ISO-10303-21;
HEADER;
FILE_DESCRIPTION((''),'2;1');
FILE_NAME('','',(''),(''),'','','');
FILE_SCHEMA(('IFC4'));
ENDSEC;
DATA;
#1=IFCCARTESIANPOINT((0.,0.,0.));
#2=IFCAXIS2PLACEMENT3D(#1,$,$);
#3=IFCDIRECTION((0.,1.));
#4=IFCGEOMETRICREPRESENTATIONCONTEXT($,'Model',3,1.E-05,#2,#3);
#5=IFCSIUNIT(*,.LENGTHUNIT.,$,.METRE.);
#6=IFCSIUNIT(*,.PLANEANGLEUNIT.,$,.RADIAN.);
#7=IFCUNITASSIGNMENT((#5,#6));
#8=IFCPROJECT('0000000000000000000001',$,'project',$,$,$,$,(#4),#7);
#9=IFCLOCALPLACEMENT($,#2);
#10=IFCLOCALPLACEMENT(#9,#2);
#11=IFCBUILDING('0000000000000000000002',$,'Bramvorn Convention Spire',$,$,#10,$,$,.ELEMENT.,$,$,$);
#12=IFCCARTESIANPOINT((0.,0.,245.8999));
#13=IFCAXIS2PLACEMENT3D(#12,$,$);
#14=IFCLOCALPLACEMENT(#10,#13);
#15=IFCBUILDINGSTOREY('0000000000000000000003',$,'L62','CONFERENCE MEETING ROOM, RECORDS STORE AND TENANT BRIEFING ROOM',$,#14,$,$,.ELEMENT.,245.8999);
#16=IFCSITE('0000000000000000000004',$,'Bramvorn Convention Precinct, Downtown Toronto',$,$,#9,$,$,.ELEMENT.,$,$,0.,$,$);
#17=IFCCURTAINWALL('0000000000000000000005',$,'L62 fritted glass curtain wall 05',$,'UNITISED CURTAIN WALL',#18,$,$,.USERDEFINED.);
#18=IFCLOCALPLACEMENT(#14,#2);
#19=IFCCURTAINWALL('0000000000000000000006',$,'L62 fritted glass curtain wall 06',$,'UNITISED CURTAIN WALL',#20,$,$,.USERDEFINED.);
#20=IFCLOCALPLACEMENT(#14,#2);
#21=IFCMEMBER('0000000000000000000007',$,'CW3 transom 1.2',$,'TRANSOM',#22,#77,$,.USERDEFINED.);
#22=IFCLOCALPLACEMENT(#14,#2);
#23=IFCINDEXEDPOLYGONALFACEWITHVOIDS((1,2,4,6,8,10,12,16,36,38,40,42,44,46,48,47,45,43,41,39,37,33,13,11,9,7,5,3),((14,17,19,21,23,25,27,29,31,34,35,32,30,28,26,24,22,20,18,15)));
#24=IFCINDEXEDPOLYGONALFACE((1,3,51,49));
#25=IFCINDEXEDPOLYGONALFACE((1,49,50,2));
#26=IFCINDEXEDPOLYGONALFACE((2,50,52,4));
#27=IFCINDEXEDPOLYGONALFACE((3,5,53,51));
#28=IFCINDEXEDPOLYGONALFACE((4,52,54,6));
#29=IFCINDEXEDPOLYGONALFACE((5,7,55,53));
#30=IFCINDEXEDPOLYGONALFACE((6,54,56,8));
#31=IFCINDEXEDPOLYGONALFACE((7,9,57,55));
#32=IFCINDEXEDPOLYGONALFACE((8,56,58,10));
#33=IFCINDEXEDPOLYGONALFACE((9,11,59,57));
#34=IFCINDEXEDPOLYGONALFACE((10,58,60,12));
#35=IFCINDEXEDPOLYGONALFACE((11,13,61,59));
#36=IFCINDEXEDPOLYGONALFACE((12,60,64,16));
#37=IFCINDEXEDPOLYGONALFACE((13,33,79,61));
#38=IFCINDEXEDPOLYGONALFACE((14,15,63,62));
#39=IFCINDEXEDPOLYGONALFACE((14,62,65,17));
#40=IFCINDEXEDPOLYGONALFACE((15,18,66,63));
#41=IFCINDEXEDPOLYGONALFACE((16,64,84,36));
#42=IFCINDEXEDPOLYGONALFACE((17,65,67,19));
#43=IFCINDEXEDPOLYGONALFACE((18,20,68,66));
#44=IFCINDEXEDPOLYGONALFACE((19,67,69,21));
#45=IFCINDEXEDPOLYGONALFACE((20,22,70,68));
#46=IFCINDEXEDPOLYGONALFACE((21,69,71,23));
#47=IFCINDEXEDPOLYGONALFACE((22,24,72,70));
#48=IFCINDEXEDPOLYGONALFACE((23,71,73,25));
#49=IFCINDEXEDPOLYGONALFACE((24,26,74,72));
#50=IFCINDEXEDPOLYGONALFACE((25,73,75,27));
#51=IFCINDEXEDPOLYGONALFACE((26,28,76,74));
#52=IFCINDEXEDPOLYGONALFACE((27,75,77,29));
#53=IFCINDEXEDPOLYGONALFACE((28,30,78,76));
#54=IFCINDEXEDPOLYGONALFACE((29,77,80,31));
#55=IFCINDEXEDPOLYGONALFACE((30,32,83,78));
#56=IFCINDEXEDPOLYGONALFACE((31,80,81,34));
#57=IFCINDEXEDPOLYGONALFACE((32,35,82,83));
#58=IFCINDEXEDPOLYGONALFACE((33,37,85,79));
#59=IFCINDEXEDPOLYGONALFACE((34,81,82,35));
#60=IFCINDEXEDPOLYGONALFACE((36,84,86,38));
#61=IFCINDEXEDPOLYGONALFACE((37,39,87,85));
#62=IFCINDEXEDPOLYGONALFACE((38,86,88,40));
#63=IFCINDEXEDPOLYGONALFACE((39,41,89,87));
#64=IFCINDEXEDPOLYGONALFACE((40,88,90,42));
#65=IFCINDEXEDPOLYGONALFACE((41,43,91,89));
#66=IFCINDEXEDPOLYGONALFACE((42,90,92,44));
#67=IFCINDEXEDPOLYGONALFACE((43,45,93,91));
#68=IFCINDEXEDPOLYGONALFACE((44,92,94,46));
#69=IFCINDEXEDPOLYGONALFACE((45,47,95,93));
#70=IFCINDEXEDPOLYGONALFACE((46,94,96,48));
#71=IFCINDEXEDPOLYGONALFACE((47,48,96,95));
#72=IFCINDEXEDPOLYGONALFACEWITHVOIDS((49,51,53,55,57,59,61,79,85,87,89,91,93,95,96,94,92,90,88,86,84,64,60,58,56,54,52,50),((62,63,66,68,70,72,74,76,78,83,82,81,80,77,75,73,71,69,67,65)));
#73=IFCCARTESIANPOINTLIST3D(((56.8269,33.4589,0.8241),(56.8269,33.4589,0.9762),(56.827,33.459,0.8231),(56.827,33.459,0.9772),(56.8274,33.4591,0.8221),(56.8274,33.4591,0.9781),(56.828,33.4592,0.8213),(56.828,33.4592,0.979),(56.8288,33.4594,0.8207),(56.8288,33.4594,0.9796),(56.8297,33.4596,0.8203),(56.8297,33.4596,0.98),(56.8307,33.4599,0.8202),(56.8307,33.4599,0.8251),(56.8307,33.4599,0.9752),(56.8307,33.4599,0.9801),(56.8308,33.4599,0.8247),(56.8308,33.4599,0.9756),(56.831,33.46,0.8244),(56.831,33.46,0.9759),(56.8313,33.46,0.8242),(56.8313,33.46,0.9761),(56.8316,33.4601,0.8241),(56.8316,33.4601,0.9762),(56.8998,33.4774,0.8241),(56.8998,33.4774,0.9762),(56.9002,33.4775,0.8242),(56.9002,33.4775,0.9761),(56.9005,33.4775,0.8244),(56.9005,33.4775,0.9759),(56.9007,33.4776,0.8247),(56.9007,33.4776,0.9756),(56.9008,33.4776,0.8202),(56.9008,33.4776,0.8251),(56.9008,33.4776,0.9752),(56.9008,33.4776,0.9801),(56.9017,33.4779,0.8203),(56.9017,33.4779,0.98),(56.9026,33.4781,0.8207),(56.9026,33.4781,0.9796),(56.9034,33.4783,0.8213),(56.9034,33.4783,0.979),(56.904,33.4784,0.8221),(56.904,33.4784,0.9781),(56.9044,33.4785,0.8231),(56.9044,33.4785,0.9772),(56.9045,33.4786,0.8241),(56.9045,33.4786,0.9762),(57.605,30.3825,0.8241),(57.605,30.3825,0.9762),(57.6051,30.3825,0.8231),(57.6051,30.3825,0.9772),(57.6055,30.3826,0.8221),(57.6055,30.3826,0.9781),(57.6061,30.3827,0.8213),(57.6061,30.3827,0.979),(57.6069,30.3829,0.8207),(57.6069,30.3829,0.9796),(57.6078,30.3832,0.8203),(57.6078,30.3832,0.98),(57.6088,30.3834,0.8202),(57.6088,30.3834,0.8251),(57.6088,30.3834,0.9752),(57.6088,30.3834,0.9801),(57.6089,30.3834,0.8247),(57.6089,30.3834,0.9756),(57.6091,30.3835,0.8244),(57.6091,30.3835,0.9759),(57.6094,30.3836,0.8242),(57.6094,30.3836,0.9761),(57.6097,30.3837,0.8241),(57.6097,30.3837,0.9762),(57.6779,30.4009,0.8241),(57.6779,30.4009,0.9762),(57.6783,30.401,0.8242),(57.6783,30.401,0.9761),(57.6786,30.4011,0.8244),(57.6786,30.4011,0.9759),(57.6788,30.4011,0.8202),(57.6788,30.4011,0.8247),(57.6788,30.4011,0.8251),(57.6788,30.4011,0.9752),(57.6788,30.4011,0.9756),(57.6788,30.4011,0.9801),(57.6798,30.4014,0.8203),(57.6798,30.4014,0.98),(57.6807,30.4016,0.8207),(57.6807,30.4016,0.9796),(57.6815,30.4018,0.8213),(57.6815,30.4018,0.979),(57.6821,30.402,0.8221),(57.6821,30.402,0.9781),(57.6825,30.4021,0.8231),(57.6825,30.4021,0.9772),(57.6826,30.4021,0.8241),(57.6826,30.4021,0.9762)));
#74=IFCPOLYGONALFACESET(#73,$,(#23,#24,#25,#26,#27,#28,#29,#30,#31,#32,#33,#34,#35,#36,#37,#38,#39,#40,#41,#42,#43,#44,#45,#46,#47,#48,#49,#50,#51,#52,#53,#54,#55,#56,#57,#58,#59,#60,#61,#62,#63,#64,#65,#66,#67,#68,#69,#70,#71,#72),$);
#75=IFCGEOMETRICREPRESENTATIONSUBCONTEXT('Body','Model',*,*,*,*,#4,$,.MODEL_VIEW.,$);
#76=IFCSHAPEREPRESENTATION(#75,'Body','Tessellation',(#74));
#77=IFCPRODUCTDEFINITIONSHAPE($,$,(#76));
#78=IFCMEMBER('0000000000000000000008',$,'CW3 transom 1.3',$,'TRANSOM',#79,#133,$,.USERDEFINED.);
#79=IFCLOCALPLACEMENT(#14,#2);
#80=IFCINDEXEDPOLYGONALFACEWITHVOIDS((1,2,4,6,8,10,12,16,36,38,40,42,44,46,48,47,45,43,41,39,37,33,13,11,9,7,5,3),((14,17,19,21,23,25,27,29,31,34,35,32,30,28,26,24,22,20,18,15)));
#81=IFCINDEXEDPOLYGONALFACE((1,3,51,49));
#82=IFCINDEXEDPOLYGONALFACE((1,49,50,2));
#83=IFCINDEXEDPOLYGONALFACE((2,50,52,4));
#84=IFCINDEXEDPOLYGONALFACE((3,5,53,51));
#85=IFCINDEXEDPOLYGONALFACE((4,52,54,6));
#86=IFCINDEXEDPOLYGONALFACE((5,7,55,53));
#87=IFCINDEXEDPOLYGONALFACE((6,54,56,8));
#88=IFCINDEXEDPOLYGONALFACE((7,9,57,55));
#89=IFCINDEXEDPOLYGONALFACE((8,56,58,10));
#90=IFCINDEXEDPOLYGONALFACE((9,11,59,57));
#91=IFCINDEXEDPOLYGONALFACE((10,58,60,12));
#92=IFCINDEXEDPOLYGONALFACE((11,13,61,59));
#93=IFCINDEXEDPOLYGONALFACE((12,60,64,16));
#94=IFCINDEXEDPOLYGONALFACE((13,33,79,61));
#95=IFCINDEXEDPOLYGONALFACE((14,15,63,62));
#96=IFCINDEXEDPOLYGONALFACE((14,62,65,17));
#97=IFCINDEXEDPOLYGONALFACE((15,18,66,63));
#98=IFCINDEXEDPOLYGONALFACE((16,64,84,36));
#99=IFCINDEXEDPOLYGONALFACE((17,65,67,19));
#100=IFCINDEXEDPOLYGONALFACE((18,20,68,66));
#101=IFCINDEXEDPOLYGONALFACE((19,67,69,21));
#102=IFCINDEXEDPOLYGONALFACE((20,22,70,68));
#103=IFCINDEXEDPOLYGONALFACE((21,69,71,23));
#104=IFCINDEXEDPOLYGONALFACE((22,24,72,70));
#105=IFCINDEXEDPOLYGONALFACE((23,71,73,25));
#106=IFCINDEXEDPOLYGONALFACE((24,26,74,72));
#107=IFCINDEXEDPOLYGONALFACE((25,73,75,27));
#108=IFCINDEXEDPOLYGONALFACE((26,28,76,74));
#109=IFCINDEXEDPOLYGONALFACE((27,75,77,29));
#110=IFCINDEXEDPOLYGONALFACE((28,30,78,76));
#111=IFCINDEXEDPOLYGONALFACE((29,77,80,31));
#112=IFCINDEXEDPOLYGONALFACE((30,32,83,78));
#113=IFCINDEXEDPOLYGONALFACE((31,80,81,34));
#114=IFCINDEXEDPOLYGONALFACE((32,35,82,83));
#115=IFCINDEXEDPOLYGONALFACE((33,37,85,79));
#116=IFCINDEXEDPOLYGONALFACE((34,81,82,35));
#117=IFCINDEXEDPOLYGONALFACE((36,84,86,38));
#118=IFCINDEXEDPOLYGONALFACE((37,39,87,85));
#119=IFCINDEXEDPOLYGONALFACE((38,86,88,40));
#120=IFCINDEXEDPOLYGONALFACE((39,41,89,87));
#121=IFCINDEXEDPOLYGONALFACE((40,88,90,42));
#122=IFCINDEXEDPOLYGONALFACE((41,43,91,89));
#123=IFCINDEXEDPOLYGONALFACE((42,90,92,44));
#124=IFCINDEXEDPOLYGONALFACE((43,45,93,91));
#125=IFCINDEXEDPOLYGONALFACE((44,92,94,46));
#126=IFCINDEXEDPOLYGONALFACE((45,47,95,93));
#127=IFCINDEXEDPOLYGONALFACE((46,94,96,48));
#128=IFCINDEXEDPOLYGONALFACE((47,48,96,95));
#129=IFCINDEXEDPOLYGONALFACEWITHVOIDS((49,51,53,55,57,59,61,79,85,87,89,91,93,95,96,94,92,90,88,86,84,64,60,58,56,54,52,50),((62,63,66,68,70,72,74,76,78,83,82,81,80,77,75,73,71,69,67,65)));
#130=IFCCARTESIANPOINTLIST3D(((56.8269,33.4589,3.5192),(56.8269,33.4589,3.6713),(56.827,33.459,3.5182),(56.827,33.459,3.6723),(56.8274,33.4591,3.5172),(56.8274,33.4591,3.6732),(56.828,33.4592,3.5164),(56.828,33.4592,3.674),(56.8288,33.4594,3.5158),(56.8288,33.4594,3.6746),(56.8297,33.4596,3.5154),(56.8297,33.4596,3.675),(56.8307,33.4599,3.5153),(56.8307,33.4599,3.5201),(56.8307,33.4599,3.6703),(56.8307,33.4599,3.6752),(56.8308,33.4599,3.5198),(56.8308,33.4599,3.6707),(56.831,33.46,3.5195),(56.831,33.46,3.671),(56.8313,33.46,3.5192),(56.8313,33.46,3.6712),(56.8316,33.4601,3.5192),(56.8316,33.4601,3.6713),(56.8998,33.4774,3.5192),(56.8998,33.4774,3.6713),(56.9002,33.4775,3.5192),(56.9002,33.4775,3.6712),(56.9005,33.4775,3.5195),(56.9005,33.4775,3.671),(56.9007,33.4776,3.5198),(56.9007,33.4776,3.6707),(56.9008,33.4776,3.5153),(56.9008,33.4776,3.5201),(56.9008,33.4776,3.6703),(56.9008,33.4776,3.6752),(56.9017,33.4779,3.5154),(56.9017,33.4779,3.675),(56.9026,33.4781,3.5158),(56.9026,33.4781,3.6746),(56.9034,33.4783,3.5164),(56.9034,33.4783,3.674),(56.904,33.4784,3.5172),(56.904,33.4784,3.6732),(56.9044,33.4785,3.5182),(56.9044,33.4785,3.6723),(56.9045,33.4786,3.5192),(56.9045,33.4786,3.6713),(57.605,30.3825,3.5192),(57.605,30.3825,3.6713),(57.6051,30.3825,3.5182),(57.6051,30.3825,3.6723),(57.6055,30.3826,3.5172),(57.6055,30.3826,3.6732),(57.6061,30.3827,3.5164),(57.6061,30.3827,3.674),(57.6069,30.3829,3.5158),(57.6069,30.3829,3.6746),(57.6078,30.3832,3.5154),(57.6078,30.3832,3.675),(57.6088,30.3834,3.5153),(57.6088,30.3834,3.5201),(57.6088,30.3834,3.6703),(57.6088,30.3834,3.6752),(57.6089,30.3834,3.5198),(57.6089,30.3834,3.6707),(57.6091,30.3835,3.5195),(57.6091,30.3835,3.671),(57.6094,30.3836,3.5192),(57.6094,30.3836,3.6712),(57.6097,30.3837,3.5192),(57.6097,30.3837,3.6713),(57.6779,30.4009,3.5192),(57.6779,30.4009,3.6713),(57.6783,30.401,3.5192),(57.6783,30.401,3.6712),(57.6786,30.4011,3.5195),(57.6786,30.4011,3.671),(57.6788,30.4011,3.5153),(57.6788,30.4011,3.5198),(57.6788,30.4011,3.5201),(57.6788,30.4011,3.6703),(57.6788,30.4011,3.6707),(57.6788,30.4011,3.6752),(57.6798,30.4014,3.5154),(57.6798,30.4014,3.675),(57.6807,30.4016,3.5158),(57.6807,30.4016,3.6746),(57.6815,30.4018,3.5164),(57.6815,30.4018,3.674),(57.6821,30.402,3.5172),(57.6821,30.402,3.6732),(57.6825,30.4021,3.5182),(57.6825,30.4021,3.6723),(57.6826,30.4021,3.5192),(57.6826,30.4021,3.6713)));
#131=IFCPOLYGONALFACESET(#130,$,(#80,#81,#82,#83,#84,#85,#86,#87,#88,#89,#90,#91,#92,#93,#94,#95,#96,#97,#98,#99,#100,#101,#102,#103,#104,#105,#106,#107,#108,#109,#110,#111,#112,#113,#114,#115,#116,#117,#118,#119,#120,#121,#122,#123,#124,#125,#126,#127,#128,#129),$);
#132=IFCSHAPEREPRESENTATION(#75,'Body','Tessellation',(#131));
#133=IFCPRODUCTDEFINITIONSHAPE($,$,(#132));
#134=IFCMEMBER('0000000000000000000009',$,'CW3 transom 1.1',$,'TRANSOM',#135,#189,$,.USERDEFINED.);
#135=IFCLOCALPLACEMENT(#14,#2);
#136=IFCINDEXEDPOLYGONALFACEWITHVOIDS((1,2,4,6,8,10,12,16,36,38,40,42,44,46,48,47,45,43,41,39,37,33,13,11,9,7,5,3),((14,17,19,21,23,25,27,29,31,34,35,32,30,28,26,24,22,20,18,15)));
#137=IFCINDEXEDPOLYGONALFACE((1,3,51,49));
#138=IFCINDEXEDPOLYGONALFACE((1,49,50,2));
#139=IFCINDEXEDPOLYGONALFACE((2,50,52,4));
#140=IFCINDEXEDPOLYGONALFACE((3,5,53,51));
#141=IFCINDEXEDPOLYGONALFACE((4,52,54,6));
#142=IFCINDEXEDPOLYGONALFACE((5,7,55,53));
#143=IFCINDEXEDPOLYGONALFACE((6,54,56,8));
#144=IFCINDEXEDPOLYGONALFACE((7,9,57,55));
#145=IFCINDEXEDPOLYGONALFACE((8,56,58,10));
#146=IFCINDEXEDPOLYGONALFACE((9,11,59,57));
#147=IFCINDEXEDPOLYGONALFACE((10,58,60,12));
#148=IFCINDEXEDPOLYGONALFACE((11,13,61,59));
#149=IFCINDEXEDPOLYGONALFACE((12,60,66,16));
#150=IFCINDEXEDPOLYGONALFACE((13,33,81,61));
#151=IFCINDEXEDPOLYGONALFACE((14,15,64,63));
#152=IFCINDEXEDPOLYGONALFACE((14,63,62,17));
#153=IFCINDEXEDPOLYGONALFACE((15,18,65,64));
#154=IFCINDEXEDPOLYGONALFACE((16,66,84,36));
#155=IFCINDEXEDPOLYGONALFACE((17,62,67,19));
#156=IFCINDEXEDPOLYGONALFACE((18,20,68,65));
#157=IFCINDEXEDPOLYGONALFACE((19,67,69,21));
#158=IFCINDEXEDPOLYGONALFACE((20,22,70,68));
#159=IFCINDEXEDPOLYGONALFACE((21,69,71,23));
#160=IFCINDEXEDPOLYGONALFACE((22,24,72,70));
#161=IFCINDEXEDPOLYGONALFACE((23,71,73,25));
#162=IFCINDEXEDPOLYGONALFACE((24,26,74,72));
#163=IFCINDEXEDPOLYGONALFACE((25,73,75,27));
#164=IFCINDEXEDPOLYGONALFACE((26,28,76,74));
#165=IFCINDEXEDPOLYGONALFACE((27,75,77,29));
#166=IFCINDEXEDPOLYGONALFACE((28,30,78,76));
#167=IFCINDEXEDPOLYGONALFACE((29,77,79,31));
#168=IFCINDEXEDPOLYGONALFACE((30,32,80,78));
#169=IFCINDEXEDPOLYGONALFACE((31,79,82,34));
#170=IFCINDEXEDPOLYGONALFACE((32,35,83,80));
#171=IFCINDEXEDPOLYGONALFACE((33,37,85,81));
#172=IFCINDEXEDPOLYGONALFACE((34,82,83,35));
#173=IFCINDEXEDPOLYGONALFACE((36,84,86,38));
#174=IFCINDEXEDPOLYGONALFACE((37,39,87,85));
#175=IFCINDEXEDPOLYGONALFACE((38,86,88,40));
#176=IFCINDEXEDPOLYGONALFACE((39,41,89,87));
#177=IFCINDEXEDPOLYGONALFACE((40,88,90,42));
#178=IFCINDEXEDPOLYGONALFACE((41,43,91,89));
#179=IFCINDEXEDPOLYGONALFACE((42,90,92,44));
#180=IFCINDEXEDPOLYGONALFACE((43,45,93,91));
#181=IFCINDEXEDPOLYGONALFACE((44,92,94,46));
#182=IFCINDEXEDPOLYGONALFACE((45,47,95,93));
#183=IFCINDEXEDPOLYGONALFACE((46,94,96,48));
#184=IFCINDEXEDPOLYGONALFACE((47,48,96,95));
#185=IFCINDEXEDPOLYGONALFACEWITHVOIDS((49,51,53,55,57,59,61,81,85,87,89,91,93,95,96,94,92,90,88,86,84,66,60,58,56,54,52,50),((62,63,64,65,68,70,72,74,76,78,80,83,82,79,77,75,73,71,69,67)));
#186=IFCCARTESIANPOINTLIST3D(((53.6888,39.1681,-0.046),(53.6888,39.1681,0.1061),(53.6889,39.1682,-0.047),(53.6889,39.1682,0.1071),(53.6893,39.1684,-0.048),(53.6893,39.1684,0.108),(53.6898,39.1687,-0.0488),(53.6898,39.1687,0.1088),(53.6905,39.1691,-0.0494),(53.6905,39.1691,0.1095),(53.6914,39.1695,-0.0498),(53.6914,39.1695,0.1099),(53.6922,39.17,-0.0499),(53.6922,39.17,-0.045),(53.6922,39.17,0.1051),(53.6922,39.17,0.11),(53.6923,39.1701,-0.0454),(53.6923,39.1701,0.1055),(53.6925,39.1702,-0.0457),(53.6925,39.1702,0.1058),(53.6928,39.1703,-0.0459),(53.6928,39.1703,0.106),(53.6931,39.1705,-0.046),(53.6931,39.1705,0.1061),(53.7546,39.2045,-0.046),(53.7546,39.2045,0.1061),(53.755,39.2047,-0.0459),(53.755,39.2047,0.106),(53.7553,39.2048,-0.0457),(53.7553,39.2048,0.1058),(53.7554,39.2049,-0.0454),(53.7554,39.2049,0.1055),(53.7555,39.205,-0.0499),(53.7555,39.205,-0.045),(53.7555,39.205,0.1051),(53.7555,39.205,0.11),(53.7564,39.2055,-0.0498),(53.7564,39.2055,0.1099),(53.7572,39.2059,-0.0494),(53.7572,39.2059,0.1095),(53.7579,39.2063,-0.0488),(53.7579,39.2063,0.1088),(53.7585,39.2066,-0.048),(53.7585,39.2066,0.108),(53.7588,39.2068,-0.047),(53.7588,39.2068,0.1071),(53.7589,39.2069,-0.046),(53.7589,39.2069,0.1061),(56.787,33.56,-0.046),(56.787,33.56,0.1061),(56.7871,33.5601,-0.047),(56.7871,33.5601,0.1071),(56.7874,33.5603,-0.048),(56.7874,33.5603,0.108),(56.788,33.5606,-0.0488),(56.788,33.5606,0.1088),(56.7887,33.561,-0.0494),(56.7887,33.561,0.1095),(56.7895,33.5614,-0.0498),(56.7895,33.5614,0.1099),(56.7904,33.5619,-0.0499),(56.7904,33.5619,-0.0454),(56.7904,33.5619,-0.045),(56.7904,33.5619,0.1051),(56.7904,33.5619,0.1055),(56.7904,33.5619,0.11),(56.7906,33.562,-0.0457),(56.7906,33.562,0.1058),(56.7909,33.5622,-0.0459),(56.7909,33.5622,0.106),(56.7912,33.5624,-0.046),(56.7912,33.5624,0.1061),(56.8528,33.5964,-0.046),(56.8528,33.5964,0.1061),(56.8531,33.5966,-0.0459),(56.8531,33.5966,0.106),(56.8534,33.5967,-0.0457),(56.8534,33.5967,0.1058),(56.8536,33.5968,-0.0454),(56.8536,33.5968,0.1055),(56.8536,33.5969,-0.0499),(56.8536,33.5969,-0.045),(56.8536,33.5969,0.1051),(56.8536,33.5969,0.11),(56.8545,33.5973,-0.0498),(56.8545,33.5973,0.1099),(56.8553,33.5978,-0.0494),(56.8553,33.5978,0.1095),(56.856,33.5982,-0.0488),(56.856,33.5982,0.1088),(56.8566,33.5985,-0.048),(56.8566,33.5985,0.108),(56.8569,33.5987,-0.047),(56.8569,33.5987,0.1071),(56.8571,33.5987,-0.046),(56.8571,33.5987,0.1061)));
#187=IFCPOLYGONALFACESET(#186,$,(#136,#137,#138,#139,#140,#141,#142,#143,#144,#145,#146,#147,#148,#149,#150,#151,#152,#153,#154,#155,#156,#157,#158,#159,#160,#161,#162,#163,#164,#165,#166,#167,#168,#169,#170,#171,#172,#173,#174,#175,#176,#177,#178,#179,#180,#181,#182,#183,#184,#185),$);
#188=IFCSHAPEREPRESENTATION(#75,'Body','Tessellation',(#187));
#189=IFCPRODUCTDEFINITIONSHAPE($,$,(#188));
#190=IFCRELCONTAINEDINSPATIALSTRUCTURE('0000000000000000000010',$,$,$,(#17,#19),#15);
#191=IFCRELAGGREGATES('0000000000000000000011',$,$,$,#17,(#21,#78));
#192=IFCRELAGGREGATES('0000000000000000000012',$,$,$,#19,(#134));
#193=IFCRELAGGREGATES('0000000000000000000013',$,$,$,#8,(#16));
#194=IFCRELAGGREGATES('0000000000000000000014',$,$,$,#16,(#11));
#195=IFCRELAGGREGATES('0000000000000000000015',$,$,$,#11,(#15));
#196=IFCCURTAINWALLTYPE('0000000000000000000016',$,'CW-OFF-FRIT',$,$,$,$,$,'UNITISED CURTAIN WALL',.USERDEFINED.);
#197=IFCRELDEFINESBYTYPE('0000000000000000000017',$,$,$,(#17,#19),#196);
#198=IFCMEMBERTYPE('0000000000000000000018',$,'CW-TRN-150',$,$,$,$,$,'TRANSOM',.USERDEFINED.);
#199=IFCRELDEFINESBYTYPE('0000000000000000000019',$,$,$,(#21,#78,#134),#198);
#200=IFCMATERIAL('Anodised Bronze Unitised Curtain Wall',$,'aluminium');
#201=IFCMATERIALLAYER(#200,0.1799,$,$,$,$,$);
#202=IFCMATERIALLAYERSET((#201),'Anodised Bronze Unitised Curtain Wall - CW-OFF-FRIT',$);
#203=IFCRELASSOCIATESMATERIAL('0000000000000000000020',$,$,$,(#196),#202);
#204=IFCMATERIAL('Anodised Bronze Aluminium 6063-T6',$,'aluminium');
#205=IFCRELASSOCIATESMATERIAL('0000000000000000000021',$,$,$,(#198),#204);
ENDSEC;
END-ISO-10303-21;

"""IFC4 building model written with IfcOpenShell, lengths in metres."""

from ifc_helpers import new_model, si_unit, direction, frame, origin, origin_2d, place, context, subcontext, project, spatial, hollow_rectangle, extrude, material, layer, layer_set, material_profile, profile_set, type_object, element, aggregate, save


model = new_model("IFC4")

# Units and contexts
model_context = context("Model", 3, precision=1e-05, world=origin(), true_north=direction((0.0, 1.0)))
body_context = subcontext(model_context, "Body", "Model", "MODEL_VIEW")
ifc_project = project(units=[si_unit("LENGTHUNIT", "METRE"), si_unit("PLANEANGLEUNIT", "RADIAN")], contexts=[model_context])

# Site, building, storey
site_placement = place(None, origin())
site = spatial("IfcSite", under=ifc_project, at=site_placement, Name="Bramvorn Convention Precinct, Downtown Toronto", CompositionType="ELEMENT", RefElevation=0.0)
building_placement = place(site_placement, origin())
building = spatial("IfcBuilding", under=site, at=building_placement, Name="Bramvorn Convention Spire", CompositionType="ELEMENT")
storey_placement = place(building_placement, frame((0.0, 0.0, 245.8999)))
storey = spatial("IfcBuildingStorey", under=building, at=storey_placement, Name="L62", Description="CONFERENCE MEETING ROOM, RECORDS STORE AND TENANT BRIEFING ROOM", CompositionType="ELEMENT", Elevation=245.8999)

# Curtain wall
ifc_material_1 = material(Name="Anodised Bronze Unitised Curtain Wall", Category="aluminium")
ifc_layer_1 = layer(ifc_material_1, 0.1799)
ifc_layer_set_1 = layer_set([ifc_layer_1], Name="Anodised Bronze Unitised Curtain Wall - CW-OFF-FRIT")
curtain_wall_type = type_object("IfcCurtainWallType", Name="CW-OFF-FRIT", ElementType="UNITISED CURTAIN WALL", PredefinedType="USERDEFINED", material=ifc_layer_set_1)
curtain_wall_1_placement = place(storey_placement, origin())
curtain_wall_1 = element("IfcCurtainWall", 1, at=curtain_wall_1_placement, inside=storey, type_object=curtain_wall_type, Name="L62 fritted glass curtain wall 05", ObjectType="UNITISED CURTAIN WALL", PredefinedType="USERDEFINED")
ifc_material_2 = material(Name="Anodised Bronze Aluminium 6063-T6", Category="aluminium")

# Curtain wall
curtain_wall_2_placement = place(storey_placement, origin())
curtain_wall_2 = element("IfcCurtainWall", 2, at=curtain_wall_2_placement, inside=storey, type_object=curtain_wall_type, Name="L62 fritted glass curtain wall 06", ObjectType="UNITISED CURTAIN WALL", PredefinedType="USERDEFINED")

# Members
ifc_material_profile_1 = material_profile(ifc_material_2, hollow_rectangle(XDim=0.0801, YDim=0.1599, WallThickness=0.0039, InnerFilletRadius=0.001, OuterFilletRadius=0.0039, at=origin_2d()))
ifc_profile_set_1 = profile_set([ifc_material_profile_1], Name="Anodised Bronze Aluminium 6063-T6 - CWT80X160")
member_type_1 = type_object("IfcMemberType", Name="CW-TRN-150", ElementType="TRANSOM", PredefinedType="USERDEFINED", material=ifc_profile_set_1)
member_1_placement = place(storey_placement, frame((56.8657, 33.4688, 0.9001), z_axis=(0.245196, -0.969474, 0.0), x_axis=(0.969474, 0.245196, 0.0)))
member_1 = element("IfcMember", 3, at=member_1_placement, type_object=member_type_1, Name="CW3 transom 1.2", ObjectType="TRANSOM", PredefinedType="USERDEFINED", context=body_context, shape_type="SweptSolid", body=[
    extrude(hollow_rectangle(XDim=0.0801, YDim=0.1599, WallThickness=0.0039, InnerFilletRadius=0.001, OuterFilletRadius=0.0039, at=origin_2d()), origin(), (0.0, 0.0, 1.0), 3.1733),
])
member_2_placement = place(storey_placement, frame((56.8657, 33.4688, 3.5952), z_axis=(0.245196, -0.969474, 0.0), x_axis=(0.969474, 0.245196, 0.0)))
member_2 = element("IfcMember", 4, at=member_2_placement, type_object=member_type_1, Name="CW3 transom 1.3", ObjectType="TRANSOM", PredefinedType="USERDEFINED", context=body_context, shape_type="SweptSolid", body=[
    extrude(hollow_rectangle(XDim=0.0801, YDim=0.1599, WallThickness=0.0039, InnerFilletRadius=0.001, OuterFilletRadius=0.0039, at=origin_2d()), origin(), (0.0, 0.0, 1.0), 3.1733),
])
member_3_placement = place(storey_placement, frame((53.7239, 39.1875, 0.03), z_axis=(0.483555, -0.875314, 0.0), x_axis=(0.875314, 0.483555, 0.0)))
member_3 = element("IfcMember", 5, at=member_3_placement, type_object=member_type_1, Name="CW3 transom 1.1", ObjectType="TRANSOM", PredefinedType="USERDEFINED", context=body_context, shape_type="SweptSolid", body=[
    extrude(hollow_rectangle(XDim=0.0801, YDim=0.1599, WallThickness=0.0039, InnerFilletRadius=0.001, OuterFilletRadius=0.0039, at=origin_2d()), origin(), (0.0, 0.0, 1.0), 6.407),
])

aggregate(curtain_wall_1, [member_1, member_2])
aggregate(curtain_wall_2, [member_3])

save(model, "model.ifc")
